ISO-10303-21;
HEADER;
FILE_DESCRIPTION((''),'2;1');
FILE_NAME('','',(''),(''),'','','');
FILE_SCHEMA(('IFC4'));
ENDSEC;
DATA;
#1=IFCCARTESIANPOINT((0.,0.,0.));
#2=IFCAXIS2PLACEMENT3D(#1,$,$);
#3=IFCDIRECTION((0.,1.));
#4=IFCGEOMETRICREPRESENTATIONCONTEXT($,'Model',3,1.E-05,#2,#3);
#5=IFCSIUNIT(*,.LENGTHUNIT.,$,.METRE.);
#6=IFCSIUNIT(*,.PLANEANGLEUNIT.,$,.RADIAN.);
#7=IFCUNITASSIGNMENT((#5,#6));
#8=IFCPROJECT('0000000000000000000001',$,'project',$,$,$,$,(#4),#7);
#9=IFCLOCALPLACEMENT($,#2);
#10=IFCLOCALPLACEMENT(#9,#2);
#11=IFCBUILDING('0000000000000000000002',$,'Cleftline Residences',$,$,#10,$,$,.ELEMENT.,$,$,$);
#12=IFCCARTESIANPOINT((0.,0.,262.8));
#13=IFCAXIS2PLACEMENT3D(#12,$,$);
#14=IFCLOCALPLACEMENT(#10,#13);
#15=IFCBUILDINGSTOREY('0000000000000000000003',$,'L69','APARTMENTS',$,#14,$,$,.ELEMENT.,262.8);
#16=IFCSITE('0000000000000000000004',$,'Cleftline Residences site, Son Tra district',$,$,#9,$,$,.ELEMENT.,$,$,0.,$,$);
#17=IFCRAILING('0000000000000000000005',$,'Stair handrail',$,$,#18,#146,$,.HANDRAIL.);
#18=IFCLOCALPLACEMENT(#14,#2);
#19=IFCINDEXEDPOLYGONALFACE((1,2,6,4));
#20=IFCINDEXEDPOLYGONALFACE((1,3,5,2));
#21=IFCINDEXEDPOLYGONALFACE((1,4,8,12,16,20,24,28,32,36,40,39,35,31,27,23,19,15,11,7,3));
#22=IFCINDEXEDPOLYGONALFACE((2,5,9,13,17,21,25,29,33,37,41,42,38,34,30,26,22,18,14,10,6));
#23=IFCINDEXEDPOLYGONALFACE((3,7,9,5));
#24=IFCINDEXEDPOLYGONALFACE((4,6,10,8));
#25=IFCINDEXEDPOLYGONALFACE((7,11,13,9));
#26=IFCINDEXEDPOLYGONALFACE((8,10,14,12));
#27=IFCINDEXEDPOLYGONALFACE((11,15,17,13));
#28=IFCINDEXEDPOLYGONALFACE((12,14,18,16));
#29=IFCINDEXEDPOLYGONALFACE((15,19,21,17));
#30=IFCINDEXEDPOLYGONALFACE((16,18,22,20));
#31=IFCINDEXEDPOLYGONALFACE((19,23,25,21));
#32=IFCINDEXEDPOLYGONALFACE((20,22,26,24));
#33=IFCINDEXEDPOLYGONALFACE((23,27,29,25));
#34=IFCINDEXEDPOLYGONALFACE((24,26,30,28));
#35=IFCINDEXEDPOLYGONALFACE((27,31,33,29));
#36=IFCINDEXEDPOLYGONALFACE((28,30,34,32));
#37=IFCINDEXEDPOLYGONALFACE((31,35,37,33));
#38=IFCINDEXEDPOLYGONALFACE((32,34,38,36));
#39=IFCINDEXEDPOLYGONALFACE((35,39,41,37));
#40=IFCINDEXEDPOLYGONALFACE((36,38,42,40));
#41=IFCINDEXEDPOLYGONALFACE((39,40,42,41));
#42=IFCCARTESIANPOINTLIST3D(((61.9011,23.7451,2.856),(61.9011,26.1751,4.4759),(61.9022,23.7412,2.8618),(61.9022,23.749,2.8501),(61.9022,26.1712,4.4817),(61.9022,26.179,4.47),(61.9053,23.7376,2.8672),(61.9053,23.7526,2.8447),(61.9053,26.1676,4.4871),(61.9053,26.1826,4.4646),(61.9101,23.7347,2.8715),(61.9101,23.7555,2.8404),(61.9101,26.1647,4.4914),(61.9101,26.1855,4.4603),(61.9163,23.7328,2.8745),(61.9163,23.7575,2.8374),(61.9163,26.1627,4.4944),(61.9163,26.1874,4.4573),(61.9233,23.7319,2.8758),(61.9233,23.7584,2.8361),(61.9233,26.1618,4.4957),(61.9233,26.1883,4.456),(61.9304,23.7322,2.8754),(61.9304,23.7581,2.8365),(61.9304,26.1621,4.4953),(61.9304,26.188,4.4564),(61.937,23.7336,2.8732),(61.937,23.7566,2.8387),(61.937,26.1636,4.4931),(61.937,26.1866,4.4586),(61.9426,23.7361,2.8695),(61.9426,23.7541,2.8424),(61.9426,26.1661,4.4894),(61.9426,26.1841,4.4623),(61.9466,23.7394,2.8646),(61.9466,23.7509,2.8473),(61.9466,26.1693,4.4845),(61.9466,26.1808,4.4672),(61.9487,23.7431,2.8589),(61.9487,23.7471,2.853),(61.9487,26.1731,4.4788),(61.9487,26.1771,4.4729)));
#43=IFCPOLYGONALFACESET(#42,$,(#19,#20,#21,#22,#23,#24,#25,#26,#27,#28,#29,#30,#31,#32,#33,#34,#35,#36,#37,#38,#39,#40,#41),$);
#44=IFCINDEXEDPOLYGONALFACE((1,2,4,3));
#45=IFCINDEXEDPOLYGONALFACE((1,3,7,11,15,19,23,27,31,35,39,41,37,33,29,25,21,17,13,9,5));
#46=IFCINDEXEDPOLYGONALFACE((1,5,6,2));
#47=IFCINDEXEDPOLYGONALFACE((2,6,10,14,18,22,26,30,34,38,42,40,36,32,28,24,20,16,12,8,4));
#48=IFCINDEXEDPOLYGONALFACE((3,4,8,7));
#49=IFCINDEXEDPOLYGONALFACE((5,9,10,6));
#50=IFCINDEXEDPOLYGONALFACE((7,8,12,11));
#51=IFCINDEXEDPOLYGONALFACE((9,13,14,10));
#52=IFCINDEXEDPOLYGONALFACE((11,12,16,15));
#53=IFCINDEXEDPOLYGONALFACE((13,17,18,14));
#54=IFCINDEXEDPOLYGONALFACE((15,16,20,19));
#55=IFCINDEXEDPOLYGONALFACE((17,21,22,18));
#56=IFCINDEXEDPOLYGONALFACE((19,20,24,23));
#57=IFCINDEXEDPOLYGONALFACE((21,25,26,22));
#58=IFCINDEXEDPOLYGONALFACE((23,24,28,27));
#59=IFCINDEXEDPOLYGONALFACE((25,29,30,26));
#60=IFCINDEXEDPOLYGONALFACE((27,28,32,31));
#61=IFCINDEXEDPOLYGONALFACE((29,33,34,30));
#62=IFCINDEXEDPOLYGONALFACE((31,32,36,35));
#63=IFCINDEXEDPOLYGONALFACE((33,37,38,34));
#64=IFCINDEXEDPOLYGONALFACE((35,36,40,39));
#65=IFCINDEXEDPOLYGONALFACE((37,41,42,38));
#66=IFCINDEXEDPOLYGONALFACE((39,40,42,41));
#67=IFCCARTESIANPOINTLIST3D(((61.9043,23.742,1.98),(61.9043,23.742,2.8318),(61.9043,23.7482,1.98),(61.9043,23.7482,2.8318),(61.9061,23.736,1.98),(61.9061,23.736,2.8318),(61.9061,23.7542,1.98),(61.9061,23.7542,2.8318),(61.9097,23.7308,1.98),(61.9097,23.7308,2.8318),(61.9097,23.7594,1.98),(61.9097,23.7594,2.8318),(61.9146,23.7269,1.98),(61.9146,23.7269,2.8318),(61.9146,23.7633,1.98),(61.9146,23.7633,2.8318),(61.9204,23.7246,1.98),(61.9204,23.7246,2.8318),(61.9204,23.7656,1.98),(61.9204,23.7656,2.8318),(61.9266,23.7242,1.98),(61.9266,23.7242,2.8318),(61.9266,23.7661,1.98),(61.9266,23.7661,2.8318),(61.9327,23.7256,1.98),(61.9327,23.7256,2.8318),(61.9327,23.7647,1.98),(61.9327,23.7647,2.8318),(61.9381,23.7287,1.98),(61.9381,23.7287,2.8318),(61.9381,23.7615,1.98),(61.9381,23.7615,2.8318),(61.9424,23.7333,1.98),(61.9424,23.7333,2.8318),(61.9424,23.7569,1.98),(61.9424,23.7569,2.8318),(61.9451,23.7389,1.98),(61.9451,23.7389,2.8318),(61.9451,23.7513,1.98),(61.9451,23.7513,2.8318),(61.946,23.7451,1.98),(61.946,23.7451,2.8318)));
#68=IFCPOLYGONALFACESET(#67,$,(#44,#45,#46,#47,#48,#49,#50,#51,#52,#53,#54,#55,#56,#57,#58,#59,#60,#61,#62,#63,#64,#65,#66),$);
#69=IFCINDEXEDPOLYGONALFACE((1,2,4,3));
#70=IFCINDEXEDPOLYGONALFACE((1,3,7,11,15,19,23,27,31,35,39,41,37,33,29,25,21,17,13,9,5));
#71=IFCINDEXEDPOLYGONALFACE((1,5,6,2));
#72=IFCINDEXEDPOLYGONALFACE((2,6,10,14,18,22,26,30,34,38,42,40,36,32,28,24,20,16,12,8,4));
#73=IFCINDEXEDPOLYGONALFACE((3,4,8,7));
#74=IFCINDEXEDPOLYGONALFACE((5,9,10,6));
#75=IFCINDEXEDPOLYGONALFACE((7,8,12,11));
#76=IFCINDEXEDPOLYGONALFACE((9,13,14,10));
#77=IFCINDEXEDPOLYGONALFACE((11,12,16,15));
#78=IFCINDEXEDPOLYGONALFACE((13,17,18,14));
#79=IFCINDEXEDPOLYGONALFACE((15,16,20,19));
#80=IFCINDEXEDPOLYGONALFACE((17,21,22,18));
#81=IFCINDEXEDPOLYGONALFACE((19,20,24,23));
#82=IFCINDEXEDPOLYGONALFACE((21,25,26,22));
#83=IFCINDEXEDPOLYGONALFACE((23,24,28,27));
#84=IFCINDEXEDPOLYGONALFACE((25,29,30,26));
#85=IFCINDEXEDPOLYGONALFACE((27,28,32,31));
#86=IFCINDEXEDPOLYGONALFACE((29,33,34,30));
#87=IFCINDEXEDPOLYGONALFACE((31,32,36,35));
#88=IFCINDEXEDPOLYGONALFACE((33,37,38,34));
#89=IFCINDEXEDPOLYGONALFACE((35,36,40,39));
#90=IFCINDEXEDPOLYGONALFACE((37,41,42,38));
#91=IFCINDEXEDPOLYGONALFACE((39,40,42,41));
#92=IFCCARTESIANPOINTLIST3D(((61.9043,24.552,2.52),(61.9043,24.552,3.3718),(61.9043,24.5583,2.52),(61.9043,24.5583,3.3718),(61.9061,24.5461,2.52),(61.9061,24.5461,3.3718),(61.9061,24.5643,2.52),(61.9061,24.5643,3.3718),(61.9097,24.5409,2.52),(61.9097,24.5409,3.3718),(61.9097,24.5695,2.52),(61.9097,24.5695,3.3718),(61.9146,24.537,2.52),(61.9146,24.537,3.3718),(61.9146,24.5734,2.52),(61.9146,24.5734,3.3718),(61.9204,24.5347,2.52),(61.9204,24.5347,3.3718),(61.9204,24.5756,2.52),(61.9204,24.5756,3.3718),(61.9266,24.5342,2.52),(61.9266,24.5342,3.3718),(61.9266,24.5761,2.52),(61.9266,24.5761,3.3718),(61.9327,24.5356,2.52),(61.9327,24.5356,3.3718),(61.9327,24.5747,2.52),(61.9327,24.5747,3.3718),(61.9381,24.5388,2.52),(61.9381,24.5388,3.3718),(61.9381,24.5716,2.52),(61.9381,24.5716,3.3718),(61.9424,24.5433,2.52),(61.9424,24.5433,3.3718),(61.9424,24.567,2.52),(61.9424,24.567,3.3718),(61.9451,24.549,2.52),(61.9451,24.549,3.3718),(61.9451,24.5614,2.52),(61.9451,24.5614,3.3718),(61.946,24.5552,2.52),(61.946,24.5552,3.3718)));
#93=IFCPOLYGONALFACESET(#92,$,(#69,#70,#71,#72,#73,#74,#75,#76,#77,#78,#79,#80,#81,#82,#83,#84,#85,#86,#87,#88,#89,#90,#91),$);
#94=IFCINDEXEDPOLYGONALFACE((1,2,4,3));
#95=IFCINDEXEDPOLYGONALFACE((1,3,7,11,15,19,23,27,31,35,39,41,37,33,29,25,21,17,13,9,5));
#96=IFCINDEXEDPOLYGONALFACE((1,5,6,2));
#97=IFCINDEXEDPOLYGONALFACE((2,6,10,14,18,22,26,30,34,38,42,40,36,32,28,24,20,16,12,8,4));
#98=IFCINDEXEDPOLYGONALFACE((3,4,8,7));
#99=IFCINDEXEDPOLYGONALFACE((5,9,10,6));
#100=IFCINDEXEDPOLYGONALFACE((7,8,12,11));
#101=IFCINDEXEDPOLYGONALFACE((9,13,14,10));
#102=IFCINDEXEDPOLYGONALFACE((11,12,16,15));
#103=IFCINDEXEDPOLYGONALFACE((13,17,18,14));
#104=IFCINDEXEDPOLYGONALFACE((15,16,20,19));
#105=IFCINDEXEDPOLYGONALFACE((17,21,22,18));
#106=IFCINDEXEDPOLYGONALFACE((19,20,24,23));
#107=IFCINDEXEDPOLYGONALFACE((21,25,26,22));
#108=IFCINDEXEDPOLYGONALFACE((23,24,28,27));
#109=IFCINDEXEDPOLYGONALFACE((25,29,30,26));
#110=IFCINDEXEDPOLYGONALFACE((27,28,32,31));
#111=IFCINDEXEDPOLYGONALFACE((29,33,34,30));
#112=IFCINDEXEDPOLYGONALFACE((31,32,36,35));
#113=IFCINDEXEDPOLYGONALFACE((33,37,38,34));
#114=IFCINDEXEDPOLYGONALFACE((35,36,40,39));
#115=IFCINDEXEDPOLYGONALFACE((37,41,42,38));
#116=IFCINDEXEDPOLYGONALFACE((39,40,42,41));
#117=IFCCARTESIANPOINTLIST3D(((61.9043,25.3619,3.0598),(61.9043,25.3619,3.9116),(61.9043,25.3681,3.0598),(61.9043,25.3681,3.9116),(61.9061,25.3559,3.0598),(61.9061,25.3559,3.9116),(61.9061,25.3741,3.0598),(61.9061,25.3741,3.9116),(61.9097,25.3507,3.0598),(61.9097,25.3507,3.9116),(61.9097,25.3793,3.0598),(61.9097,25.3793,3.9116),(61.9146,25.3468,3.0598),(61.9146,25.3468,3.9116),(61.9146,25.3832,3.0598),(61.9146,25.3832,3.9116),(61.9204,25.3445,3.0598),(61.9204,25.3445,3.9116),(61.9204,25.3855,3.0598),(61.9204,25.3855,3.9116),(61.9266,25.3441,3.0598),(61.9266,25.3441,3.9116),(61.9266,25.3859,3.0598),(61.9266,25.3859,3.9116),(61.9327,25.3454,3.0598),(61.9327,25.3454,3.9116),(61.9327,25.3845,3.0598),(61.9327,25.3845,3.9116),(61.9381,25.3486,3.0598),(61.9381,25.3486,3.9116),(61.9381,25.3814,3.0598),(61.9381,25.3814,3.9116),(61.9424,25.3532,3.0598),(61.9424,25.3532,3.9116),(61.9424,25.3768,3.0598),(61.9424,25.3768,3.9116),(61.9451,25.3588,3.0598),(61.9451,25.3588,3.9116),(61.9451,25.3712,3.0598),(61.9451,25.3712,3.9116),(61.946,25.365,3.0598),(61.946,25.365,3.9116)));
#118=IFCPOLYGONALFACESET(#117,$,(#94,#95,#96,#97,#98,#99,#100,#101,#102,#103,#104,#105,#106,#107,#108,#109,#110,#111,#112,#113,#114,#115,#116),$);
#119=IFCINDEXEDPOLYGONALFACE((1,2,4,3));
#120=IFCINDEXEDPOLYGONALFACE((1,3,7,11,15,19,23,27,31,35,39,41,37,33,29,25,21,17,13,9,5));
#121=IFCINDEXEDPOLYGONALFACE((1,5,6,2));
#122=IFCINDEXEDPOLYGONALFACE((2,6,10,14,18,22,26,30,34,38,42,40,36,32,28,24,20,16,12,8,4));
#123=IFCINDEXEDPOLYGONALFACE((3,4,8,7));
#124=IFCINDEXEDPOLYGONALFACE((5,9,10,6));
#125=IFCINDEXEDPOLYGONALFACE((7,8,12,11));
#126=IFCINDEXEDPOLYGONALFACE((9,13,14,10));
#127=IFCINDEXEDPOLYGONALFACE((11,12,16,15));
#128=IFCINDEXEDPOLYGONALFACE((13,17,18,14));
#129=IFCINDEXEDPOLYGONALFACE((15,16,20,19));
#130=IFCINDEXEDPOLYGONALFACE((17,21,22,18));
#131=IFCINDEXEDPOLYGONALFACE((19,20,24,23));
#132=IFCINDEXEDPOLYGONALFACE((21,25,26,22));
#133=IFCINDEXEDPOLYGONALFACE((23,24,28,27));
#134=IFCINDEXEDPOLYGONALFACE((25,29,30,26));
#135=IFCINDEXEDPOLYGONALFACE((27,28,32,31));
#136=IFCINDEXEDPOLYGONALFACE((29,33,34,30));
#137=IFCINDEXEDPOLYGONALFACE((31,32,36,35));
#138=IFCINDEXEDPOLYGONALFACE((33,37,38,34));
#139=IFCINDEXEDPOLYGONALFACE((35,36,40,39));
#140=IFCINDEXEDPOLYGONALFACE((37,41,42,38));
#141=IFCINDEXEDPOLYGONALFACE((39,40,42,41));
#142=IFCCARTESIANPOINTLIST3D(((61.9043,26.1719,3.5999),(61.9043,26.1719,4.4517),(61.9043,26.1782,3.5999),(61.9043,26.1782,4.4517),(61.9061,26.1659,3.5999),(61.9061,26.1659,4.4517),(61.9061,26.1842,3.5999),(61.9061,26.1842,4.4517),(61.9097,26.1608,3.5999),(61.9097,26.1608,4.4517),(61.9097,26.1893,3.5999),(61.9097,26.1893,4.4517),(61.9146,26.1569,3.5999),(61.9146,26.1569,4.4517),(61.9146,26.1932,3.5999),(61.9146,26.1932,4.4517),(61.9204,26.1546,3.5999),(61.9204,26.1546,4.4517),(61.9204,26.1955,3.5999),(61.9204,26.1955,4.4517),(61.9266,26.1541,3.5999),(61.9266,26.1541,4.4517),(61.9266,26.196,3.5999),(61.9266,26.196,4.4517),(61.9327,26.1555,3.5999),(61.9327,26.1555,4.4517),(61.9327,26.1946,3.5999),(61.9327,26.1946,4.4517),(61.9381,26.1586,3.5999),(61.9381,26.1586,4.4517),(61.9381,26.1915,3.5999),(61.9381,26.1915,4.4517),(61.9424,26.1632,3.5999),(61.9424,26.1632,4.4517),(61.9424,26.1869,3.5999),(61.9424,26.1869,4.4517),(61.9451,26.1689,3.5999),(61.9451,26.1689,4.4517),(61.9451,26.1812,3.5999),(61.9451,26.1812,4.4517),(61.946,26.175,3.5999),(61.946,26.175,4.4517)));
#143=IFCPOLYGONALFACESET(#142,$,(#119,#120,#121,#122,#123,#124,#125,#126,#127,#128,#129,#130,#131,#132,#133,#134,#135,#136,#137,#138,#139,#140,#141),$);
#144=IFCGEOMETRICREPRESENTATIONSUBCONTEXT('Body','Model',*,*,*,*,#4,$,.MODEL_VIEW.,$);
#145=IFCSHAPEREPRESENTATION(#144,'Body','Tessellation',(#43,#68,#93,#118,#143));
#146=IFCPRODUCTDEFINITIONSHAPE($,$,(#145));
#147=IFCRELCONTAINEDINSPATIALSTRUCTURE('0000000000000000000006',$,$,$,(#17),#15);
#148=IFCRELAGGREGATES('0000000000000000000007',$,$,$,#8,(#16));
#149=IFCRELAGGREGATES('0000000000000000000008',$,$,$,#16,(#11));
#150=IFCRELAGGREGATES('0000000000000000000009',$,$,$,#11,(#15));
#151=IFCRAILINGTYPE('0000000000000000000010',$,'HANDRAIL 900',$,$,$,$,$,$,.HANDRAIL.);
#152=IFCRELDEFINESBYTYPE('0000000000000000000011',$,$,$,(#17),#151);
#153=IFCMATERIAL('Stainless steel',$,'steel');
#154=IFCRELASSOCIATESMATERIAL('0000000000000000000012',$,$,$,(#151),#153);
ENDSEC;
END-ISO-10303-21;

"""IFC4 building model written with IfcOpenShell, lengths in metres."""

from ifc_helpers import new_model, si_unit, direction, frame, origin, origin_2d, place, context, subcontext, project, spatial, circle, extrude, material, type_object, element, save


model = new_model("IFC4")

# Units and contexts
model_context = context("Model", 3, precision=1e-05, world=origin(), true_north=direction((0.0, 1.0)))
body_context = subcontext(model_context, "Body", "Model", "MODEL_VIEW")
ifc_project = project(units=[si_unit("LENGTHUNIT", "METRE"), si_unit("PLANEANGLEUNIT", "RADIAN")], contexts=[model_context])

# Site, building, storey
site_placement = place(None, origin())
site = spatial("IfcSite", under=ifc_project, at=site_placement, Name="Cleftline Residences site, Son Tra district", CompositionType="ELEMENT", RefElevation=0.0)
building_placement = place(site_placement, origin())
building = spatial("IfcBuilding", under=site, at=building_placement, Name="Cleftline Residences", CompositionType="ELEMENT")
storey_placement = place(building_placement, frame((0.0, 0.0, 262.8)))
storey = spatial("IfcBuildingStorey", under=building, at=storey_placement, Name="L69", Description="APARTMENTS", CompositionType="ELEMENT", Elevation=262.8)

# Railing
ifc_material_1 = material(Name="Stainless steel", Category="steel")
railing_type = type_object("IfcRailingType", Name="HANDRAIL 900", PredefinedType="HANDRAIL", material=ifc_material_1)
railing_placement = place(storey_placement, frame((61.925, 23.7451, 1.98)))
element("IfcRailing", 1, at=railing_placement, inside=storey, type_object=railing_type, Name="Stair handrail", PredefinedType="HANDRAIL", context=body_context, shape_type="SweptSolid", body=[
    extrude(circle(Radius=0.0239, at=origin_2d()), frame((0.0, 0.0, 0.876), z_axis=(0.0, 0.832063, 0.554681), x_axis=(-1.0, 0.0, 0.0)), (0.0, 0.0, 1.0), 2.9204),
    extrude(circle(Radius=0.021, at=origin_2d()), origin(), (0.0, 0.0, 1.0), 0.8518),
    extrude(circle(Radius=0.021, at=origin_2d()), frame((0.0, 0.8101, 0.54)), (0.0, 0.0, 1.0), 0.8518),
    extrude(circle(Radius=0.021, at=origin_2d()), frame((0.0, 1.6199, 1.0798)), (0.0, 0.0, 1.0), 0.8518),
    extrude(circle(Radius=0.021, at=origin_2d()), frame((0.0, 2.4299, 1.6199)), (0.0, 0.0, 1.0), 0.8518),
])

save(model, "model.ifc")
